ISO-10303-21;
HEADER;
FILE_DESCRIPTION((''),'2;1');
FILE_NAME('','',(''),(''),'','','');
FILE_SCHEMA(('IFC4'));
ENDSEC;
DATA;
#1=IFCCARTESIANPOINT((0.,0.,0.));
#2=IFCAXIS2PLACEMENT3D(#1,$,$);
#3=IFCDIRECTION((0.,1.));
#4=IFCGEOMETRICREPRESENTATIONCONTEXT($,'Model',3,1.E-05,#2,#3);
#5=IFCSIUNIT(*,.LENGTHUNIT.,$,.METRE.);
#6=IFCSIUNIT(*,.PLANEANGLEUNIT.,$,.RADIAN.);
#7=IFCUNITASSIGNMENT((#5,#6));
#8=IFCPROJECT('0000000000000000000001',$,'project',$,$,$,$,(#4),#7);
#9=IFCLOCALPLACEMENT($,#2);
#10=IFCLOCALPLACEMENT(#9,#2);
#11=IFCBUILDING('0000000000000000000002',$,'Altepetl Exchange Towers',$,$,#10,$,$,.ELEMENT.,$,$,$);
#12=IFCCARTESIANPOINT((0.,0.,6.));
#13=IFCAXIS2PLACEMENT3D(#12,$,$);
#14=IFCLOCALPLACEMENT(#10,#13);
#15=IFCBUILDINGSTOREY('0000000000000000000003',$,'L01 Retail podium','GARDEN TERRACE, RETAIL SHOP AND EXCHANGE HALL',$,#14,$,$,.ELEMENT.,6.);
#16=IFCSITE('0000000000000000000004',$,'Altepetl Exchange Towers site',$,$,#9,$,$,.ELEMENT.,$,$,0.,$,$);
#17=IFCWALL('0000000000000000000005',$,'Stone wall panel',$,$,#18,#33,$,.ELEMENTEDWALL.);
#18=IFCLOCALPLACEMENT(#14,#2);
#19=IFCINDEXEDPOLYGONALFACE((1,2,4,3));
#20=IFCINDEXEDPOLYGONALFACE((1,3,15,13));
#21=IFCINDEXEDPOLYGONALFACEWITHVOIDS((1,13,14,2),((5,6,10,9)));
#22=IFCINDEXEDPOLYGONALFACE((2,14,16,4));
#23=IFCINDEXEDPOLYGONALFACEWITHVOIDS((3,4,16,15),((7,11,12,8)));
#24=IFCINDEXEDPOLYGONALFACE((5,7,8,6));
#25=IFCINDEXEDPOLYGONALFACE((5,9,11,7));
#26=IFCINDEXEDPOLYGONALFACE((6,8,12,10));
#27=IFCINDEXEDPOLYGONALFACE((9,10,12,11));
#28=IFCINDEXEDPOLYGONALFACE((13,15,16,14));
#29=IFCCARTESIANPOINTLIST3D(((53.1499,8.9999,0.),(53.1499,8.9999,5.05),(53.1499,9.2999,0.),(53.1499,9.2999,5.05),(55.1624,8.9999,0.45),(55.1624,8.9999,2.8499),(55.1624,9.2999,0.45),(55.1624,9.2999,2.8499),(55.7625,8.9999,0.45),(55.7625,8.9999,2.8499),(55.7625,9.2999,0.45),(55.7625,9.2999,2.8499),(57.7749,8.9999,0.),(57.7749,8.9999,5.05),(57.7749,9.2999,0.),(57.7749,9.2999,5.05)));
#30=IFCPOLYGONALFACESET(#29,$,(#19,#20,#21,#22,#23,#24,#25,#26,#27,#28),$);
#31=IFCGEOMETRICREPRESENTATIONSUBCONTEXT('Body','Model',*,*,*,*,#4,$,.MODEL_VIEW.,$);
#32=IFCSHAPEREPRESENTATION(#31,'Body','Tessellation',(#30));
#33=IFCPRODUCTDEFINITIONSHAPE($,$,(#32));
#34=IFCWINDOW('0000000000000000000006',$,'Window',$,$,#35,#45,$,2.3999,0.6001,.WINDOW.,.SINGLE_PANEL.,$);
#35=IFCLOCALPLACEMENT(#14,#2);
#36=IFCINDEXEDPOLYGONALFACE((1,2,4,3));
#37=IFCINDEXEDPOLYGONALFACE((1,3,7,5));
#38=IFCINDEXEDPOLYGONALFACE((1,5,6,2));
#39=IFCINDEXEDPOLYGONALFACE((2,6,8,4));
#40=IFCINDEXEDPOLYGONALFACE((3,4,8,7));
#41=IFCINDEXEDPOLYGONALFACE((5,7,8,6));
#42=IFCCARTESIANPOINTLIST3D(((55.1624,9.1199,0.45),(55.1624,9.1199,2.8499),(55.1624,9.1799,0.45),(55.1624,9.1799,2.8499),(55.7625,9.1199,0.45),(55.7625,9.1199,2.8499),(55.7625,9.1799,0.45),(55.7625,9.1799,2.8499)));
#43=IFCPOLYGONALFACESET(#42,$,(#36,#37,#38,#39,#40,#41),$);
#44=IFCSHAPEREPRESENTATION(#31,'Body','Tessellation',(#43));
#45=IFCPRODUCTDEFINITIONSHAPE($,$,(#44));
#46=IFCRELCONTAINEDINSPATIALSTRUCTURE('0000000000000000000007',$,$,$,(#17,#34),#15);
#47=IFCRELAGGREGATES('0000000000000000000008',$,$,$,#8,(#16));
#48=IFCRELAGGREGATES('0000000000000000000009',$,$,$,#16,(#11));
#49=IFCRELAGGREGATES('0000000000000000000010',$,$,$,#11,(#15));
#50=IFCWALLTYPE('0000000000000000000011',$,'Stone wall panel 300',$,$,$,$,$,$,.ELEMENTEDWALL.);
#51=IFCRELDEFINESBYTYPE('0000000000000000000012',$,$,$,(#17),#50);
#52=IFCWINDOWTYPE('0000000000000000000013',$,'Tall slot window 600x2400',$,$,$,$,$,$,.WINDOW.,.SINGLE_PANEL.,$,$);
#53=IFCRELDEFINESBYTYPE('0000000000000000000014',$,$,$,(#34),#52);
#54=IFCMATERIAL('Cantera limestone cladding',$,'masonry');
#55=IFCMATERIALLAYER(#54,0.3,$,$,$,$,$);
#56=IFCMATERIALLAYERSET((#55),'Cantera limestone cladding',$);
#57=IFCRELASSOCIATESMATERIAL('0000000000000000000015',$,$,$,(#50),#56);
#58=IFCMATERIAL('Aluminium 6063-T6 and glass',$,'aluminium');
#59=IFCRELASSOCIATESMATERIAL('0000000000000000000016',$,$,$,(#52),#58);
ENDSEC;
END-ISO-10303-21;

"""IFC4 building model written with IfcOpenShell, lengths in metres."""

from ifc_helpers import new_model, si_unit, direction, frame, frame_2d, origin, place, context, subcontext, project, spatial, rectangle, extrude, material, layer, layer_set, type_object, element, fill, save


model = new_model("IFC4")

# Units and contexts
model_context = context("Model", 3, precision=1e-05, world=origin(), true_north=direction((0.0, 1.0)))
body_context = subcontext(model_context, "Body", "Model", "MODEL_VIEW")
ifc_project = project(units=[si_unit("LENGTHUNIT", "METRE"), si_unit("PLANEANGLEUNIT", "RADIAN")], contexts=[model_context])

# Site, building, storey
site_placement = place(None, origin())
site = spatial("IfcSite", under=ifc_project, at=site_placement, Name="Altepetl Exchange Towers site", CompositionType="ELEMENT", RefElevation=0.0)
building_placement = place(site_placement, origin())
building = spatial("IfcBuilding", under=site, at=building_placement, Name="Altepetl Exchange Towers", CompositionType="ELEMENT")
storey_placement = place(building_placement, frame((0.0, 0.0, 6.0)))
storey = spatial("IfcBuildingStorey", under=building, at=storey_placement, Name="L01 Retail podium", Description="GARDEN TERRACE, RETAIL SHOP AND EXCHANGE HALL", CompositionType="ELEMENT", Elevation=6.0)

# Shared definitions
ifc_material_1 = material(Name="Aluminium 6063-T6 and glass", Category="aluminium")

# Wall, opening, window
ifc_material_2 = material(Name="Cantera limestone cladding", Category="masonry")
ifc_layer_1 = layer(ifc_material_2, 0.3)
ifc_layer_set_1 = layer_set([ifc_layer_1], Name="Cantera limestone cladding")
wall_type_1 = type_object("IfcWallType", Name="Stone wall panel 300", PredefinedType="ELEMENTEDWALL", material=ifc_layer_set_1)
window_type = type_object("IfcWindowType", Name="Tall slot window 600x2400", PartitioningType="SINGLE_PANEL", PredefinedType="WINDOW", material=ifc_material_1)
wall_1_placement = place(storey_placement, frame((53.1499, 9.1499, 0.0)))
wall_1 = element("IfcWall", 1, at=wall_1_placement, inside=storey, type_object=wall_type_1, Name="Stone wall panel", PredefinedType="ELEMENTEDWALL", context=body_context, shape_type="SweptSolid", body=[
    extrude(rectangle(XDim=4.625, YDim=0.3, at=frame_2d((2.3125, 0.0))), origin(), (0.0, 0.0, 1.0), 5.05),
])
opening_1_placement = place(wall_1_placement, frame((2.0125, 0.0, 0.45)))
opening_1 = element("IfcOpeningElement", 2, at=opening_1_placement, cuts=wall_1, PredefinedType="OPENING", context=body_context, shape_type="SweptSolid", body=[
    extrude(rectangle(XDim=0.6001, YDim=2.3999, at=frame_2d((0.3, 1.2))), frame((0.0, 0.1602, 0.0), z_axis=(0.0, -1.0, 0.0), x_axis=(1.0, 0.0, 0.0)), (0.0, 0.0, 1.0), 0.3201),
])
window_1_placement = place(opening_1_placement, origin())
window_1 = element("IfcWindow", 3, at=window_1_placement, inside=storey, type_object=window_type, Name="Window", OverallHeight=2.3999, OverallWidth=0.6001, PartitioningType="SINGLE_PANEL", PredefinedType="WINDOW", context=body_context, shape_type="SweptSolid", body=[
    extrude(rectangle(XDim=0.6001, YDim=2.3999, at=frame_2d((0.3, 1.2))), frame((0.0, 0.03, 0.0), z_axis=(0.0, -1.0, 0.0), x_axis=(1.0, 0.0, 0.0)), (0.0, 0.0, 1.0), 0.0601),
])
fill(opening_1, window_1)

save(model, "model.ifc")
